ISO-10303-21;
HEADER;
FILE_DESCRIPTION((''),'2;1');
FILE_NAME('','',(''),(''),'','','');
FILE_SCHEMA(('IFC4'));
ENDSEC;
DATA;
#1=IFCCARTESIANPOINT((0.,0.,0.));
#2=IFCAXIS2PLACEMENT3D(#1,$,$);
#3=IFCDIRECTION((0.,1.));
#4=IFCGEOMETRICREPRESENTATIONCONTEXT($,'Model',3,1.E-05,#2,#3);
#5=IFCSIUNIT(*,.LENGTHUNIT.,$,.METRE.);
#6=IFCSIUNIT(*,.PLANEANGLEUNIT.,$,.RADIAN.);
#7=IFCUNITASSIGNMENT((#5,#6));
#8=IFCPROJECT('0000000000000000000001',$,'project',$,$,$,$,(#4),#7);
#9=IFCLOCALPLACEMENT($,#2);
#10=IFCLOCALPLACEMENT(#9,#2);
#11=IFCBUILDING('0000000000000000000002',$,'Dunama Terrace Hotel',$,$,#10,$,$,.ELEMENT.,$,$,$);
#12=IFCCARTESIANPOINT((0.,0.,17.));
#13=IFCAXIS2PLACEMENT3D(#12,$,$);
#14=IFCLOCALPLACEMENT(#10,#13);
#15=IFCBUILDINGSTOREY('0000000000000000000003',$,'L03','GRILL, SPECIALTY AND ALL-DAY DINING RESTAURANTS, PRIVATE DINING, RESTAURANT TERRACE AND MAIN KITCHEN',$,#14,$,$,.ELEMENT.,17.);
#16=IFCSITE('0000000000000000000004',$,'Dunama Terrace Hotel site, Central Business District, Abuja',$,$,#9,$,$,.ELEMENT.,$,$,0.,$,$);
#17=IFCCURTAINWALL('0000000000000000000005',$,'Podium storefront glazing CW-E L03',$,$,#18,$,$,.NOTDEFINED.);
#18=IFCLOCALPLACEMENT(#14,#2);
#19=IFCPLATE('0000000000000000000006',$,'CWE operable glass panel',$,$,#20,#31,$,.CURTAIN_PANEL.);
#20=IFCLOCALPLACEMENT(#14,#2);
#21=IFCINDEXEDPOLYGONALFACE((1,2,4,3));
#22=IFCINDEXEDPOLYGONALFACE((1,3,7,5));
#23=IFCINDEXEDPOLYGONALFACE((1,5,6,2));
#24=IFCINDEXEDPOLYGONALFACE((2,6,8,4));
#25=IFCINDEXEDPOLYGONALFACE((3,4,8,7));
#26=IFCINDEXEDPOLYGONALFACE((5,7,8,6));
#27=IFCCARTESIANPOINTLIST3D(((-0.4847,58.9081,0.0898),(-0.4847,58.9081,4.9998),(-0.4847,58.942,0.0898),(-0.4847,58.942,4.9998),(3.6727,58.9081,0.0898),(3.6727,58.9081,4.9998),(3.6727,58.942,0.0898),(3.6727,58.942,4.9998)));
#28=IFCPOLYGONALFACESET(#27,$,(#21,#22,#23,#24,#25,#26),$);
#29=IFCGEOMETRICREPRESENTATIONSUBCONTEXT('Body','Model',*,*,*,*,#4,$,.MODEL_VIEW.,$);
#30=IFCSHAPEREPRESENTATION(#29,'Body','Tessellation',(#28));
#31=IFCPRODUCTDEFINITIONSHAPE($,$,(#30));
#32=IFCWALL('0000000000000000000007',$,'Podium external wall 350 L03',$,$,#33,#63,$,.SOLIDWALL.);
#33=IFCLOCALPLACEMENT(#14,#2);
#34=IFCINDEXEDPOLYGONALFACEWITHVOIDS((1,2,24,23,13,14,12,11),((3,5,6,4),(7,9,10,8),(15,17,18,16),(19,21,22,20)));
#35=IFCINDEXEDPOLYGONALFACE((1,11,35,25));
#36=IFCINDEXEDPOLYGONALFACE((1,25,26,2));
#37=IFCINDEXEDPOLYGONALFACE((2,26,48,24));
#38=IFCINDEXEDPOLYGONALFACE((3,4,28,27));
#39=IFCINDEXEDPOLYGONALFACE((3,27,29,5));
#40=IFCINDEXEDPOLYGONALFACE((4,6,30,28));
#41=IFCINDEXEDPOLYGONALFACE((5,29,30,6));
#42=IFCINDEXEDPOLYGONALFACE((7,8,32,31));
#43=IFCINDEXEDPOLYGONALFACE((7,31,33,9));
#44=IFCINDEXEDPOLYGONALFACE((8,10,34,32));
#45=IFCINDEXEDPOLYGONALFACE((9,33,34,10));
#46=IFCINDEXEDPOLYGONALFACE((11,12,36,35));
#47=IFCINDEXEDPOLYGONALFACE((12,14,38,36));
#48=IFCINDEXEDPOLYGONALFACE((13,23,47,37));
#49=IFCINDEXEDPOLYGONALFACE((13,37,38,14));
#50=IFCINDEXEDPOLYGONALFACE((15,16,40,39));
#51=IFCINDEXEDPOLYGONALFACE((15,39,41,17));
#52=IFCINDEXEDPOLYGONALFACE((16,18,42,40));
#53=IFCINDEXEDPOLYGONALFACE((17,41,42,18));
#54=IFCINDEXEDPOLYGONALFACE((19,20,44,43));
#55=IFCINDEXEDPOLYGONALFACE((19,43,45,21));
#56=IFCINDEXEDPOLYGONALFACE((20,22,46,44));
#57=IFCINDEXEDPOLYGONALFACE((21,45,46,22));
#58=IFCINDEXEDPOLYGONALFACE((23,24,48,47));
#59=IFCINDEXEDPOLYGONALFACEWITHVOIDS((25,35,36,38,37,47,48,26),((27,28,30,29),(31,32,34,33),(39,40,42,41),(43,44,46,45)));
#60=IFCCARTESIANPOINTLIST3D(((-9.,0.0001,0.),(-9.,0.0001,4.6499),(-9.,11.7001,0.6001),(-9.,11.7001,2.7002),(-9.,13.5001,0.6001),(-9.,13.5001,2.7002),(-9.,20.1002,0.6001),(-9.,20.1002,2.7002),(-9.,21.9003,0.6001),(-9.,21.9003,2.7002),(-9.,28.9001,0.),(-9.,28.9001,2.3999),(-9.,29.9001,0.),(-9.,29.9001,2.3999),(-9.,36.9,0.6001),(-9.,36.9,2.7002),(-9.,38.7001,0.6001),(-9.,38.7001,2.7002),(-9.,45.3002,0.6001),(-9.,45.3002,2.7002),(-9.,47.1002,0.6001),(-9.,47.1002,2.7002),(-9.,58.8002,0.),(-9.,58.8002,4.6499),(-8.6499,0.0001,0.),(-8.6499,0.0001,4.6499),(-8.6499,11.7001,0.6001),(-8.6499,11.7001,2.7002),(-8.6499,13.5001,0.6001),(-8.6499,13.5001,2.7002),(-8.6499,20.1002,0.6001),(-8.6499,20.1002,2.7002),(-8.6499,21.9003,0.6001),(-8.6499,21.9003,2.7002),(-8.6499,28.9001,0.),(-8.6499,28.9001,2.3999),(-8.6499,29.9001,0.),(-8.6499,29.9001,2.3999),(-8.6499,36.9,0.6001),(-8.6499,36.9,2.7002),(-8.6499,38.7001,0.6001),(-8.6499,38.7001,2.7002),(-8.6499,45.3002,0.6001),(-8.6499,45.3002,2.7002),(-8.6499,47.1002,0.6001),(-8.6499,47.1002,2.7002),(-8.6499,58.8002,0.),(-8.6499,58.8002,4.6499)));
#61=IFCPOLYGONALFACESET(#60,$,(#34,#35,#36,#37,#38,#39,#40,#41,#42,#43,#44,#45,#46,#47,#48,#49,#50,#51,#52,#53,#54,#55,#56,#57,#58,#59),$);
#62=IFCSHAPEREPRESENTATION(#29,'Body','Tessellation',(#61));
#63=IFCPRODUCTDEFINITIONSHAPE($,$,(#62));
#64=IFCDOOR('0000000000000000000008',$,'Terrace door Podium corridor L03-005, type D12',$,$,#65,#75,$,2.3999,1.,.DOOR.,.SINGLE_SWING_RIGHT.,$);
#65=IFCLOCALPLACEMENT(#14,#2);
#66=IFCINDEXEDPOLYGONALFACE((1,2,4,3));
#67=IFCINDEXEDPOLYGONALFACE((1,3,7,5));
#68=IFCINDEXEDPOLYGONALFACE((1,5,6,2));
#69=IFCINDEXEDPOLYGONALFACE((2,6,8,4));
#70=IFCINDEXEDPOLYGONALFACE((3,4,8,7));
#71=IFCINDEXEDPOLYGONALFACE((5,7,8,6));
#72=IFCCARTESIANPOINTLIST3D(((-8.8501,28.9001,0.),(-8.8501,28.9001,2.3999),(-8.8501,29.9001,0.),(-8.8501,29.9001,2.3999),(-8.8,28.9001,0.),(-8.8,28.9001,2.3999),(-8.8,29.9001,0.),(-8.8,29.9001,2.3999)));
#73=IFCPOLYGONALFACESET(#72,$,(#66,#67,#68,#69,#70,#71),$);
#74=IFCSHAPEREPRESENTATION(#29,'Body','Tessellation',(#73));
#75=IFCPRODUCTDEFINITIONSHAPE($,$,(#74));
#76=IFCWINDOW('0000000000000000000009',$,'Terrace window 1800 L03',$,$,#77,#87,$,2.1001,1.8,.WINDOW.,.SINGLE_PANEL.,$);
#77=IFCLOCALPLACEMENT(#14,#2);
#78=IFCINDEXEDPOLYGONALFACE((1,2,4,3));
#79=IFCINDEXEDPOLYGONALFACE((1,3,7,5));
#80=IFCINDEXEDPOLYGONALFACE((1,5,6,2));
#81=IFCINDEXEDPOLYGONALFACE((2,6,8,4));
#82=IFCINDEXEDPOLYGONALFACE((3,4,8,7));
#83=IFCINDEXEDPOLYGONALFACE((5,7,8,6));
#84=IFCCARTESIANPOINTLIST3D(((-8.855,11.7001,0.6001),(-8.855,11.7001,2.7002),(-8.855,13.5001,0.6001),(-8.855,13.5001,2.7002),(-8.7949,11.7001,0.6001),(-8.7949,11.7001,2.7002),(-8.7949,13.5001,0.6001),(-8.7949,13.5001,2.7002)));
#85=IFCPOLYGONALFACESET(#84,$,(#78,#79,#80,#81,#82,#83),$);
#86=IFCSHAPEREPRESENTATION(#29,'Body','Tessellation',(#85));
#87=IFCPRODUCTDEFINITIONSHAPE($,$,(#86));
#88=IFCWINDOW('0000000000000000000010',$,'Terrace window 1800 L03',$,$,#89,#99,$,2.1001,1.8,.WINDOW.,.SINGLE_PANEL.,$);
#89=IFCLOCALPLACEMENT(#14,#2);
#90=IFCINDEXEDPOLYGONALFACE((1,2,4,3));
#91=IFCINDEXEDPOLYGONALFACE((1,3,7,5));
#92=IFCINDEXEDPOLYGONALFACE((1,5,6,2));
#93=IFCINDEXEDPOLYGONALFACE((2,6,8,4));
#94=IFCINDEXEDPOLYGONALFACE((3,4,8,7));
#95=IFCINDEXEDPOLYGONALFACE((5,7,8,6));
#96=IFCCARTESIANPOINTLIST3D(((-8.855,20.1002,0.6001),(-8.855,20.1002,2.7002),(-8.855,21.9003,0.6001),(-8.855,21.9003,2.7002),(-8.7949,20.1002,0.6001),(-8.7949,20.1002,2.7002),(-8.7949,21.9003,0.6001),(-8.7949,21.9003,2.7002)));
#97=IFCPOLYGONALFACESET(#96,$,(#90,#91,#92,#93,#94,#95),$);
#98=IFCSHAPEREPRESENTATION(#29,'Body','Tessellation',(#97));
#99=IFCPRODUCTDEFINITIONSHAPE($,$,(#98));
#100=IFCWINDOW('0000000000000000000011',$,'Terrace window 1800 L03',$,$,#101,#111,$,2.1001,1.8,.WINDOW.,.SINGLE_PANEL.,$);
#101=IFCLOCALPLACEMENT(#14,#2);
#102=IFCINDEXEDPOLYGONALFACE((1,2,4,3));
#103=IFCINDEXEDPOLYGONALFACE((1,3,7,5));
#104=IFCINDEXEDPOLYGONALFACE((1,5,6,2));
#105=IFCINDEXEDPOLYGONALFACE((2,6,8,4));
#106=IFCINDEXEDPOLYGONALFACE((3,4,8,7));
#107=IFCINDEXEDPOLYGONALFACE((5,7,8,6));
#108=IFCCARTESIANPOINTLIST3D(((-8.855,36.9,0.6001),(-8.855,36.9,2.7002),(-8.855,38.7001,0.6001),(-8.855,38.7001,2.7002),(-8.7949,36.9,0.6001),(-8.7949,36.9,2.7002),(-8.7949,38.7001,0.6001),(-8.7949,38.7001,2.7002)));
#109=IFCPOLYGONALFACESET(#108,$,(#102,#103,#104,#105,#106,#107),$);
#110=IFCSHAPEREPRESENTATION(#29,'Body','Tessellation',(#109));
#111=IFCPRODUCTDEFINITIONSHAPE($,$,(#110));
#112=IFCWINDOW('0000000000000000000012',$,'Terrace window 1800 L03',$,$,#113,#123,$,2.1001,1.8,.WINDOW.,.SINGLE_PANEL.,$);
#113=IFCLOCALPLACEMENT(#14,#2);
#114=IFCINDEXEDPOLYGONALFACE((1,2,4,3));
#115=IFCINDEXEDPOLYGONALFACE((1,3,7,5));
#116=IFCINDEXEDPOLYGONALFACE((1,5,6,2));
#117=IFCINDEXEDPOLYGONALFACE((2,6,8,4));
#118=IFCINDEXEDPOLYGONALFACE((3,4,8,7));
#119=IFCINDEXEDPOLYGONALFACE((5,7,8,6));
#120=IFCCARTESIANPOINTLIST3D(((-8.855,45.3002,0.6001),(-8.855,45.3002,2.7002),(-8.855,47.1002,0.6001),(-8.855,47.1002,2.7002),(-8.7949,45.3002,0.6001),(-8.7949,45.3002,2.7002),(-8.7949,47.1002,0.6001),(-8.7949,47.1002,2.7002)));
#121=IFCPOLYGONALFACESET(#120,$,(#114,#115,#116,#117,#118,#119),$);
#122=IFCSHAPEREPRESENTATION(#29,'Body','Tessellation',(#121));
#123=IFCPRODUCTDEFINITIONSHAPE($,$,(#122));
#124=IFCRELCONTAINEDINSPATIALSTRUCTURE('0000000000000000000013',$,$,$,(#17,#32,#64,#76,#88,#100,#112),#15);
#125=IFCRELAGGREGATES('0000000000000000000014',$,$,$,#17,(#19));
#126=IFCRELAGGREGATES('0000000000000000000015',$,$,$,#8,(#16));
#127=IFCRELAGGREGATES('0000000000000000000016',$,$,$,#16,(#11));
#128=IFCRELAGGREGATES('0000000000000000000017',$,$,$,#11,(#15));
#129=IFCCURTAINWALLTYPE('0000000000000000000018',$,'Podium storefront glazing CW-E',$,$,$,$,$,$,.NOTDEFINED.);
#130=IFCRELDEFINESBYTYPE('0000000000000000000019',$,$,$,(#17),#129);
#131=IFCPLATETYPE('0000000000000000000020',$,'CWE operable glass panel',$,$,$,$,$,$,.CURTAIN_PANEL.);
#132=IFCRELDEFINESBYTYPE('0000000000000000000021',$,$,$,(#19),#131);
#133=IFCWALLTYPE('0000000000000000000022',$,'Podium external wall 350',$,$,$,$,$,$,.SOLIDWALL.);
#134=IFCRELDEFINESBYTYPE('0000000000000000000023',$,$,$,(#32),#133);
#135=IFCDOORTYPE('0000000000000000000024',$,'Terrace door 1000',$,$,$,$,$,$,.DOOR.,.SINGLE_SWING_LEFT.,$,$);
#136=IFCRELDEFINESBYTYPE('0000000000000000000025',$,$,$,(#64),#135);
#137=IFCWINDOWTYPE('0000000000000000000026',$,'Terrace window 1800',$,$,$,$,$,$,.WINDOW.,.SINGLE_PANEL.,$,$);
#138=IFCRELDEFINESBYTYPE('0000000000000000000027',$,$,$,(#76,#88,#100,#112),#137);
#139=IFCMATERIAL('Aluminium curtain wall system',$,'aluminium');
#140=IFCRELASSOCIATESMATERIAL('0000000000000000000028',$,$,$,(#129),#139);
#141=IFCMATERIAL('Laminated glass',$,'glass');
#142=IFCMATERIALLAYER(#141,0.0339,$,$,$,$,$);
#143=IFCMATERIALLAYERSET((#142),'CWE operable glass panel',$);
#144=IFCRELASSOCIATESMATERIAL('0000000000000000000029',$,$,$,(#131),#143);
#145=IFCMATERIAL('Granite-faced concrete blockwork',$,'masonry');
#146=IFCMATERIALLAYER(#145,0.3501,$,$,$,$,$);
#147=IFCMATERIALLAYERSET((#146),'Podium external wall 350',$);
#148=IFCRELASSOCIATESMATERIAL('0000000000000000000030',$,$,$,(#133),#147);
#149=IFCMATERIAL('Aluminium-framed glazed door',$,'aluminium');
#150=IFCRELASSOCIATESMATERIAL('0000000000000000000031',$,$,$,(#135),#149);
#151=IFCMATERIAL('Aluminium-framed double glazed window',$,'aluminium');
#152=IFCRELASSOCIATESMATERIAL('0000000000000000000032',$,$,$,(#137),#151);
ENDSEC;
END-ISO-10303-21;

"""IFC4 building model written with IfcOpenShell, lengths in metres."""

from ifc_helpers import new_model, si_unit, direction, frame, frame_2d, origin, origin_2d, place, context, subcontext, project, spatial, rectangle, extrude, material, layer, layer_set, type_object, element, fill, aggregate, save


model = new_model("IFC4")

# Units and contexts
model_context = context("Model", 3, precision=1e-05, world=origin(), true_north=direction((0.0, 1.0)))
body_context = subcontext(model_context, "Body", "Model", "MODEL_VIEW")
ifc_project = project(units=[si_unit("LENGTHUNIT", "METRE"), si_unit("PLANEANGLEUNIT", "RADIAN")], contexts=[model_context])

# Site, building, storey
site_placement = place(None, origin())
site = spatial("IfcSite", under=ifc_project, at=site_placement, Name="Dunama Terrace Hotel site, Central Business District, Abuja", CompositionType="ELEMENT", RefElevation=0.0)
building_placement = place(site_placement, origin())
building = spatial("IfcBuilding", under=site, at=building_placement, Name="Dunama Terrace Hotel", CompositionType="ELEMENT")
storey_placement = place(building_placement, frame((0.0, 0.0, 17.0)))
storey = spatial("IfcBuildingStorey", under=building, at=storey_placement, Name="L03", Description="GRILL, SPECIALTY AND ALL-DAY DINING RESTAURANTS, PRIVATE DINING, RESTAURANT TERRACE AND MAIN KITCHEN", CompositionType="ELEMENT", Elevation=17.0)

# Curtain wall, plate
ifc_material_1 = material(Name="Aluminium curtain wall system", Category="aluminium")
curtain_wall_type = type_object("IfcCurtainWallType", Name="Podium storefront glazing CW-E", PredefinedType="NOTDEFINED", material=ifc_material_1)
curtain_wall_placement = place(storey_placement, origin())
curtain_wall = element("IfcCurtainWall", 1, at=curtain_wall_placement, inside=storey, type_object=curtain_wall_type, Name="Podium storefront glazing CW-E L03", PredefinedType="NOTDEFINED")
ifc_material_2 = material(Name="Laminated glass", Category="glass")
ifc_layer_1 = layer(ifc_material_2, 0.0339)
ifc_layer_set_1 = layer_set([ifc_layer_1], Name="CWE operable glass panel")
plate_type_1 = type_object("IfcPlateType", Name="CWE operable glass panel", PredefinedType="CURTAIN_PANEL", material=ifc_layer_set_1)
plate_1_placement = place(storey_placement, frame((1.594, 58.925, 0.0898), z_axis=(0.0, 0.0, 1.0), x_axis=(-1.0, 0.0, 0.0)))
plate_1 = element("IfcPlate", 2, at=plate_1_placement, type_object=plate_type_1, Name="CWE operable glass panel", PredefinedType="CURTAIN_PANEL", context=body_context, shape_type="SweptSolid", body=[
    extrude(rectangle(XDim=4.1575, YDim=0.0339, at=origin_2d()), origin(), (0.0, 0.0, 1.0), 4.9099),
])
aggregate(curtain_wall, [plate_1])

# Wall, openings, door, windows
ifc_material_3 = material(Name="Granite-faced concrete blockwork", Category="masonry")
ifc_layer_2 = layer(ifc_material_3, 0.3501)
ifc_layer_set_2 = layer_set([ifc_layer_2], Name="Podium external wall 350")
wall_type = type_object("IfcWallType", Name="Podium external wall 350", PredefinedType="SOLIDWALL", material=ifc_layer_set_2)
wall_placement = place(storey_placement, frame((-8.825, 58.8, 0.0), z_axis=(0.0, 0.0, 1.0), x_axis=(0.0, -1.0, 0.0)))
wall = element("IfcWall", 3, at=wall_placement, inside=storey, type_object=wall_type, Name="Podium external wall 350 L03", PredefinedType="SOLIDWALL", context=body_context, shape_type="SweptSolid", body=[
    extrude(rectangle(XDim=58.8, YDim=0.3501, at=frame_2d((29.3999, 0.0))), origin(), (0.0, 0.0, 1.0), 4.6499),
])
opening_1_placement = place(wall_placement, frame((28.8999, 0.0, 0.0)))
opening_1 = element("IfcOpeningElement", 4, at=opening_1_placement, cuts=wall, PredefinedType="OPENING", context=body_context, shape_type="SweptSolid", body=[
    extrude(rectangle(XDim=1.0, YDim=2.3999, at=frame_2d((0.5, 1.2))), frame((0.0, 0.1851, 0.0), z_axis=(0.0, -1.0, 0.0), x_axis=(1.0, 0.0, 0.0)), (0.0, 0.0, 1.0), 0.3701),
])
opening_2_placement = place(wall_placement, frame((45.3, 0.0, 0.6001)))
opening_2 = element("IfcOpeningElement", 5, at=opening_2_placement, cuts=wall, PredefinedType="OPENING", context=body_context, shape_type="SweptSolid", body=[
    extrude(rectangle(XDim=1.8, YDim=2.1001, at=frame_2d((0.8999, 1.05))), frame((0.0, 0.1851, 0.0), z_axis=(0.0, -1.0, 0.0), x_axis=(1.0, 0.0, 0.0)), (0.0, 0.0, 1.0), 0.3701),
])
opening_3_placement = place(wall_placement, frame((36.8999, 0.0, 0.6001)))
opening_3 = element("IfcOpeningElement", 6, at=opening_3_placement, cuts=wall, PredefinedType="OPENING", context=body_context, shape_type="SweptSolid", body=[
    extrude(rectangle(XDim=1.8, YDim=2.1001, at=frame_2d((0.8999, 1.05))), frame((0.0, 0.1851, 0.0), z_axis=(0.0, -1.0, 0.0), x_axis=(1.0, 0.0, 0.0)), (0.0, 0.0, 1.0), 0.3701),
])
opening_4_placement = place(wall_placement, frame((20.1001, 0.0, 0.6001)))
opening_4 = element("IfcOpeningElement", 7, at=opening_4_placement, cuts=wall, PredefinedType="OPENING", context=body_context, shape_type="SweptSolid", body=[
    extrude(rectangle(XDim=1.8, YDim=2.1001, at=frame_2d((0.8999, 1.05))), frame((0.0, 0.1851, 0.0), z_axis=(0.0, -1.0, 0.0), x_axis=(1.0, 0.0, 0.0)), (0.0, 0.0, 1.0), 0.3701),
])
opening_5_placement = place(wall_placement, frame((11.7, 0.0, 0.6001)))
opening_5 = element("IfcOpeningElement", 8, at=opening_5_placement, cuts=wall, PredefinedType="OPENING", context=body_context, shape_type="SweptSolid", body=[
    extrude(rectangle(XDim=1.8, YDim=2.1001, at=frame_2d((0.8999, 1.05))), frame((0.0, 0.1851, 0.0), z_axis=(0.0, -1.0, 0.0), x_axis=(1.0, 0.0, 0.0)), (0.0, 0.0, 1.0), 0.3701),
])
ifc_material_4 = material(Name="Aluminium-framed glazed door", Category="aluminium")
door_type = type_object("IfcDoorType", Name="Terrace door 1000", OperationType="SINGLE_SWING_LEFT", PredefinedType="DOOR", material=ifc_material_4)
door_placement = place(opening_1_placement, frame((1.0, 0.0, 0.0), z_axis=(0.0, 0.0, 1.0), x_axis=(-1.0, 0.0, 0.0)))
door = element("IfcDoor", 9, at=door_placement, inside=storey, type_object=door_type, Name="Terrace door Podium corridor L03-005, type D12", OperationType="SINGLE_SWING_RIGHT", OverallHeight=2.3999, OverallWidth=1.0, PredefinedType="DOOR", context=body_context, shape_type="SweptSolid", body=[
    extrude(rectangle(XDim=1.0, YDim=2.3999, at=frame_2d((0.5, 1.2))), frame((0.0, 0.0251, 0.0), z_axis=(0.0, -1.0, 0.0), x_axis=(1.0, 0.0, 0.0)), (0.0, 0.0, 1.0), 0.05),
])
fill(opening_1, door)
ifc_material_5 = material(Name="Aluminium-framed double glazed window", Category="aluminium")
window_type = type_object("IfcWindowType", Name="Terrace window 1800", PartitioningType="SINGLE_PANEL", PredefinedType="WINDOW", material=ifc_material_5)
window_1_placement = place(opening_2_placement, origin())
window_1 = element("IfcWindow", 10, at=window_1_placement, inside=storey, type_object=window_type, Name="Terrace window 1800 L03", OverallHeight=2.1001, OverallWidth=1.8, PartitioningType="SINGLE_PANEL", PredefinedType="WINDOW", context=body_context, shape_type="SweptSolid", body=[
    extrude(rectangle(XDim=1.8, YDim=2.1001, at=frame_2d((0.8999, 1.05))), frame((0.0, 0.03, 0.0), z_axis=(0.0, -1.0, 0.0), x_axis=(1.0, 0.0, 0.0)), (0.0, 0.0, 1.0), 0.0601),
])
fill(opening_2, window_1)
window_2_placement = place(opening_3_placement, origin())
window_2 = element("IfcWindow", 11, at=window_2_placement, inside=storey, type_object=window_type, Name="Terrace window 1800 L03", OverallHeight=2.1001, OverallWidth=1.8, PartitioningType="SINGLE_PANEL", PredefinedType="WINDOW", context=body_context, shape_type="SweptSolid", body=[
    extrude(rectangle(XDim=1.8, YDim=2.1001, at=frame_2d((0.8999, 1.05))), frame((0.0, 0.03, 0.0), z_axis=(0.0, -1.0, 0.0), x_axis=(1.0, 0.0, 0.0)), (0.0, 0.0, 1.0), 0.0601),
])
fill(opening_3, window_2)
window_3_placement = place(opening_4_placement, origin())
window_3 = element("IfcWindow", 12, at=window_3_placement, inside=storey, type_object=window_type, Name="Terrace window 1800 L03", OverallHeight=2.1001, OverallWidth=1.8, PartitioningType="SINGLE_PANEL", PredefinedType="WINDOW", context=body_context, shape_type="SweptSolid", body=[
    extrude(rectangle(XDim=1.8, YDim=2.1001, at=frame_2d((0.8999, 1.05))), frame((0.0, 0.03, 0.0), z_axis=(0.0, -1.0, 0.0), x_axis=(1.0, 0.0, 0.0)), (0.0, 0.0, 1.0), 0.0601),
])
fill(opening_4, window_3)
window_4_placement = place(opening_5_placement, origin())
window_4 = element("IfcWindow", 13, at=window_4_placement, inside=storey, type_object=window_type, Name="Terrace window 1800 L03", OverallHeight=2.1001, OverallWidth=1.8, PartitioningType="SINGLE_PANEL", PredefinedType="WINDOW", context=body_context, shape_type="SweptSolid", body=[
    extrude(rectangle(XDim=1.8, YDim=2.1001, at=frame_2d((0.8999, 1.05))), frame((0.0, 0.03, 0.0), z_axis=(0.0, -1.0, 0.0), x_axis=(1.0, 0.0, 0.0)), (0.0, 0.0, 1.0), 0.0601),
])
fill(opening_5, window_4)

save(model, "model.ifc")
